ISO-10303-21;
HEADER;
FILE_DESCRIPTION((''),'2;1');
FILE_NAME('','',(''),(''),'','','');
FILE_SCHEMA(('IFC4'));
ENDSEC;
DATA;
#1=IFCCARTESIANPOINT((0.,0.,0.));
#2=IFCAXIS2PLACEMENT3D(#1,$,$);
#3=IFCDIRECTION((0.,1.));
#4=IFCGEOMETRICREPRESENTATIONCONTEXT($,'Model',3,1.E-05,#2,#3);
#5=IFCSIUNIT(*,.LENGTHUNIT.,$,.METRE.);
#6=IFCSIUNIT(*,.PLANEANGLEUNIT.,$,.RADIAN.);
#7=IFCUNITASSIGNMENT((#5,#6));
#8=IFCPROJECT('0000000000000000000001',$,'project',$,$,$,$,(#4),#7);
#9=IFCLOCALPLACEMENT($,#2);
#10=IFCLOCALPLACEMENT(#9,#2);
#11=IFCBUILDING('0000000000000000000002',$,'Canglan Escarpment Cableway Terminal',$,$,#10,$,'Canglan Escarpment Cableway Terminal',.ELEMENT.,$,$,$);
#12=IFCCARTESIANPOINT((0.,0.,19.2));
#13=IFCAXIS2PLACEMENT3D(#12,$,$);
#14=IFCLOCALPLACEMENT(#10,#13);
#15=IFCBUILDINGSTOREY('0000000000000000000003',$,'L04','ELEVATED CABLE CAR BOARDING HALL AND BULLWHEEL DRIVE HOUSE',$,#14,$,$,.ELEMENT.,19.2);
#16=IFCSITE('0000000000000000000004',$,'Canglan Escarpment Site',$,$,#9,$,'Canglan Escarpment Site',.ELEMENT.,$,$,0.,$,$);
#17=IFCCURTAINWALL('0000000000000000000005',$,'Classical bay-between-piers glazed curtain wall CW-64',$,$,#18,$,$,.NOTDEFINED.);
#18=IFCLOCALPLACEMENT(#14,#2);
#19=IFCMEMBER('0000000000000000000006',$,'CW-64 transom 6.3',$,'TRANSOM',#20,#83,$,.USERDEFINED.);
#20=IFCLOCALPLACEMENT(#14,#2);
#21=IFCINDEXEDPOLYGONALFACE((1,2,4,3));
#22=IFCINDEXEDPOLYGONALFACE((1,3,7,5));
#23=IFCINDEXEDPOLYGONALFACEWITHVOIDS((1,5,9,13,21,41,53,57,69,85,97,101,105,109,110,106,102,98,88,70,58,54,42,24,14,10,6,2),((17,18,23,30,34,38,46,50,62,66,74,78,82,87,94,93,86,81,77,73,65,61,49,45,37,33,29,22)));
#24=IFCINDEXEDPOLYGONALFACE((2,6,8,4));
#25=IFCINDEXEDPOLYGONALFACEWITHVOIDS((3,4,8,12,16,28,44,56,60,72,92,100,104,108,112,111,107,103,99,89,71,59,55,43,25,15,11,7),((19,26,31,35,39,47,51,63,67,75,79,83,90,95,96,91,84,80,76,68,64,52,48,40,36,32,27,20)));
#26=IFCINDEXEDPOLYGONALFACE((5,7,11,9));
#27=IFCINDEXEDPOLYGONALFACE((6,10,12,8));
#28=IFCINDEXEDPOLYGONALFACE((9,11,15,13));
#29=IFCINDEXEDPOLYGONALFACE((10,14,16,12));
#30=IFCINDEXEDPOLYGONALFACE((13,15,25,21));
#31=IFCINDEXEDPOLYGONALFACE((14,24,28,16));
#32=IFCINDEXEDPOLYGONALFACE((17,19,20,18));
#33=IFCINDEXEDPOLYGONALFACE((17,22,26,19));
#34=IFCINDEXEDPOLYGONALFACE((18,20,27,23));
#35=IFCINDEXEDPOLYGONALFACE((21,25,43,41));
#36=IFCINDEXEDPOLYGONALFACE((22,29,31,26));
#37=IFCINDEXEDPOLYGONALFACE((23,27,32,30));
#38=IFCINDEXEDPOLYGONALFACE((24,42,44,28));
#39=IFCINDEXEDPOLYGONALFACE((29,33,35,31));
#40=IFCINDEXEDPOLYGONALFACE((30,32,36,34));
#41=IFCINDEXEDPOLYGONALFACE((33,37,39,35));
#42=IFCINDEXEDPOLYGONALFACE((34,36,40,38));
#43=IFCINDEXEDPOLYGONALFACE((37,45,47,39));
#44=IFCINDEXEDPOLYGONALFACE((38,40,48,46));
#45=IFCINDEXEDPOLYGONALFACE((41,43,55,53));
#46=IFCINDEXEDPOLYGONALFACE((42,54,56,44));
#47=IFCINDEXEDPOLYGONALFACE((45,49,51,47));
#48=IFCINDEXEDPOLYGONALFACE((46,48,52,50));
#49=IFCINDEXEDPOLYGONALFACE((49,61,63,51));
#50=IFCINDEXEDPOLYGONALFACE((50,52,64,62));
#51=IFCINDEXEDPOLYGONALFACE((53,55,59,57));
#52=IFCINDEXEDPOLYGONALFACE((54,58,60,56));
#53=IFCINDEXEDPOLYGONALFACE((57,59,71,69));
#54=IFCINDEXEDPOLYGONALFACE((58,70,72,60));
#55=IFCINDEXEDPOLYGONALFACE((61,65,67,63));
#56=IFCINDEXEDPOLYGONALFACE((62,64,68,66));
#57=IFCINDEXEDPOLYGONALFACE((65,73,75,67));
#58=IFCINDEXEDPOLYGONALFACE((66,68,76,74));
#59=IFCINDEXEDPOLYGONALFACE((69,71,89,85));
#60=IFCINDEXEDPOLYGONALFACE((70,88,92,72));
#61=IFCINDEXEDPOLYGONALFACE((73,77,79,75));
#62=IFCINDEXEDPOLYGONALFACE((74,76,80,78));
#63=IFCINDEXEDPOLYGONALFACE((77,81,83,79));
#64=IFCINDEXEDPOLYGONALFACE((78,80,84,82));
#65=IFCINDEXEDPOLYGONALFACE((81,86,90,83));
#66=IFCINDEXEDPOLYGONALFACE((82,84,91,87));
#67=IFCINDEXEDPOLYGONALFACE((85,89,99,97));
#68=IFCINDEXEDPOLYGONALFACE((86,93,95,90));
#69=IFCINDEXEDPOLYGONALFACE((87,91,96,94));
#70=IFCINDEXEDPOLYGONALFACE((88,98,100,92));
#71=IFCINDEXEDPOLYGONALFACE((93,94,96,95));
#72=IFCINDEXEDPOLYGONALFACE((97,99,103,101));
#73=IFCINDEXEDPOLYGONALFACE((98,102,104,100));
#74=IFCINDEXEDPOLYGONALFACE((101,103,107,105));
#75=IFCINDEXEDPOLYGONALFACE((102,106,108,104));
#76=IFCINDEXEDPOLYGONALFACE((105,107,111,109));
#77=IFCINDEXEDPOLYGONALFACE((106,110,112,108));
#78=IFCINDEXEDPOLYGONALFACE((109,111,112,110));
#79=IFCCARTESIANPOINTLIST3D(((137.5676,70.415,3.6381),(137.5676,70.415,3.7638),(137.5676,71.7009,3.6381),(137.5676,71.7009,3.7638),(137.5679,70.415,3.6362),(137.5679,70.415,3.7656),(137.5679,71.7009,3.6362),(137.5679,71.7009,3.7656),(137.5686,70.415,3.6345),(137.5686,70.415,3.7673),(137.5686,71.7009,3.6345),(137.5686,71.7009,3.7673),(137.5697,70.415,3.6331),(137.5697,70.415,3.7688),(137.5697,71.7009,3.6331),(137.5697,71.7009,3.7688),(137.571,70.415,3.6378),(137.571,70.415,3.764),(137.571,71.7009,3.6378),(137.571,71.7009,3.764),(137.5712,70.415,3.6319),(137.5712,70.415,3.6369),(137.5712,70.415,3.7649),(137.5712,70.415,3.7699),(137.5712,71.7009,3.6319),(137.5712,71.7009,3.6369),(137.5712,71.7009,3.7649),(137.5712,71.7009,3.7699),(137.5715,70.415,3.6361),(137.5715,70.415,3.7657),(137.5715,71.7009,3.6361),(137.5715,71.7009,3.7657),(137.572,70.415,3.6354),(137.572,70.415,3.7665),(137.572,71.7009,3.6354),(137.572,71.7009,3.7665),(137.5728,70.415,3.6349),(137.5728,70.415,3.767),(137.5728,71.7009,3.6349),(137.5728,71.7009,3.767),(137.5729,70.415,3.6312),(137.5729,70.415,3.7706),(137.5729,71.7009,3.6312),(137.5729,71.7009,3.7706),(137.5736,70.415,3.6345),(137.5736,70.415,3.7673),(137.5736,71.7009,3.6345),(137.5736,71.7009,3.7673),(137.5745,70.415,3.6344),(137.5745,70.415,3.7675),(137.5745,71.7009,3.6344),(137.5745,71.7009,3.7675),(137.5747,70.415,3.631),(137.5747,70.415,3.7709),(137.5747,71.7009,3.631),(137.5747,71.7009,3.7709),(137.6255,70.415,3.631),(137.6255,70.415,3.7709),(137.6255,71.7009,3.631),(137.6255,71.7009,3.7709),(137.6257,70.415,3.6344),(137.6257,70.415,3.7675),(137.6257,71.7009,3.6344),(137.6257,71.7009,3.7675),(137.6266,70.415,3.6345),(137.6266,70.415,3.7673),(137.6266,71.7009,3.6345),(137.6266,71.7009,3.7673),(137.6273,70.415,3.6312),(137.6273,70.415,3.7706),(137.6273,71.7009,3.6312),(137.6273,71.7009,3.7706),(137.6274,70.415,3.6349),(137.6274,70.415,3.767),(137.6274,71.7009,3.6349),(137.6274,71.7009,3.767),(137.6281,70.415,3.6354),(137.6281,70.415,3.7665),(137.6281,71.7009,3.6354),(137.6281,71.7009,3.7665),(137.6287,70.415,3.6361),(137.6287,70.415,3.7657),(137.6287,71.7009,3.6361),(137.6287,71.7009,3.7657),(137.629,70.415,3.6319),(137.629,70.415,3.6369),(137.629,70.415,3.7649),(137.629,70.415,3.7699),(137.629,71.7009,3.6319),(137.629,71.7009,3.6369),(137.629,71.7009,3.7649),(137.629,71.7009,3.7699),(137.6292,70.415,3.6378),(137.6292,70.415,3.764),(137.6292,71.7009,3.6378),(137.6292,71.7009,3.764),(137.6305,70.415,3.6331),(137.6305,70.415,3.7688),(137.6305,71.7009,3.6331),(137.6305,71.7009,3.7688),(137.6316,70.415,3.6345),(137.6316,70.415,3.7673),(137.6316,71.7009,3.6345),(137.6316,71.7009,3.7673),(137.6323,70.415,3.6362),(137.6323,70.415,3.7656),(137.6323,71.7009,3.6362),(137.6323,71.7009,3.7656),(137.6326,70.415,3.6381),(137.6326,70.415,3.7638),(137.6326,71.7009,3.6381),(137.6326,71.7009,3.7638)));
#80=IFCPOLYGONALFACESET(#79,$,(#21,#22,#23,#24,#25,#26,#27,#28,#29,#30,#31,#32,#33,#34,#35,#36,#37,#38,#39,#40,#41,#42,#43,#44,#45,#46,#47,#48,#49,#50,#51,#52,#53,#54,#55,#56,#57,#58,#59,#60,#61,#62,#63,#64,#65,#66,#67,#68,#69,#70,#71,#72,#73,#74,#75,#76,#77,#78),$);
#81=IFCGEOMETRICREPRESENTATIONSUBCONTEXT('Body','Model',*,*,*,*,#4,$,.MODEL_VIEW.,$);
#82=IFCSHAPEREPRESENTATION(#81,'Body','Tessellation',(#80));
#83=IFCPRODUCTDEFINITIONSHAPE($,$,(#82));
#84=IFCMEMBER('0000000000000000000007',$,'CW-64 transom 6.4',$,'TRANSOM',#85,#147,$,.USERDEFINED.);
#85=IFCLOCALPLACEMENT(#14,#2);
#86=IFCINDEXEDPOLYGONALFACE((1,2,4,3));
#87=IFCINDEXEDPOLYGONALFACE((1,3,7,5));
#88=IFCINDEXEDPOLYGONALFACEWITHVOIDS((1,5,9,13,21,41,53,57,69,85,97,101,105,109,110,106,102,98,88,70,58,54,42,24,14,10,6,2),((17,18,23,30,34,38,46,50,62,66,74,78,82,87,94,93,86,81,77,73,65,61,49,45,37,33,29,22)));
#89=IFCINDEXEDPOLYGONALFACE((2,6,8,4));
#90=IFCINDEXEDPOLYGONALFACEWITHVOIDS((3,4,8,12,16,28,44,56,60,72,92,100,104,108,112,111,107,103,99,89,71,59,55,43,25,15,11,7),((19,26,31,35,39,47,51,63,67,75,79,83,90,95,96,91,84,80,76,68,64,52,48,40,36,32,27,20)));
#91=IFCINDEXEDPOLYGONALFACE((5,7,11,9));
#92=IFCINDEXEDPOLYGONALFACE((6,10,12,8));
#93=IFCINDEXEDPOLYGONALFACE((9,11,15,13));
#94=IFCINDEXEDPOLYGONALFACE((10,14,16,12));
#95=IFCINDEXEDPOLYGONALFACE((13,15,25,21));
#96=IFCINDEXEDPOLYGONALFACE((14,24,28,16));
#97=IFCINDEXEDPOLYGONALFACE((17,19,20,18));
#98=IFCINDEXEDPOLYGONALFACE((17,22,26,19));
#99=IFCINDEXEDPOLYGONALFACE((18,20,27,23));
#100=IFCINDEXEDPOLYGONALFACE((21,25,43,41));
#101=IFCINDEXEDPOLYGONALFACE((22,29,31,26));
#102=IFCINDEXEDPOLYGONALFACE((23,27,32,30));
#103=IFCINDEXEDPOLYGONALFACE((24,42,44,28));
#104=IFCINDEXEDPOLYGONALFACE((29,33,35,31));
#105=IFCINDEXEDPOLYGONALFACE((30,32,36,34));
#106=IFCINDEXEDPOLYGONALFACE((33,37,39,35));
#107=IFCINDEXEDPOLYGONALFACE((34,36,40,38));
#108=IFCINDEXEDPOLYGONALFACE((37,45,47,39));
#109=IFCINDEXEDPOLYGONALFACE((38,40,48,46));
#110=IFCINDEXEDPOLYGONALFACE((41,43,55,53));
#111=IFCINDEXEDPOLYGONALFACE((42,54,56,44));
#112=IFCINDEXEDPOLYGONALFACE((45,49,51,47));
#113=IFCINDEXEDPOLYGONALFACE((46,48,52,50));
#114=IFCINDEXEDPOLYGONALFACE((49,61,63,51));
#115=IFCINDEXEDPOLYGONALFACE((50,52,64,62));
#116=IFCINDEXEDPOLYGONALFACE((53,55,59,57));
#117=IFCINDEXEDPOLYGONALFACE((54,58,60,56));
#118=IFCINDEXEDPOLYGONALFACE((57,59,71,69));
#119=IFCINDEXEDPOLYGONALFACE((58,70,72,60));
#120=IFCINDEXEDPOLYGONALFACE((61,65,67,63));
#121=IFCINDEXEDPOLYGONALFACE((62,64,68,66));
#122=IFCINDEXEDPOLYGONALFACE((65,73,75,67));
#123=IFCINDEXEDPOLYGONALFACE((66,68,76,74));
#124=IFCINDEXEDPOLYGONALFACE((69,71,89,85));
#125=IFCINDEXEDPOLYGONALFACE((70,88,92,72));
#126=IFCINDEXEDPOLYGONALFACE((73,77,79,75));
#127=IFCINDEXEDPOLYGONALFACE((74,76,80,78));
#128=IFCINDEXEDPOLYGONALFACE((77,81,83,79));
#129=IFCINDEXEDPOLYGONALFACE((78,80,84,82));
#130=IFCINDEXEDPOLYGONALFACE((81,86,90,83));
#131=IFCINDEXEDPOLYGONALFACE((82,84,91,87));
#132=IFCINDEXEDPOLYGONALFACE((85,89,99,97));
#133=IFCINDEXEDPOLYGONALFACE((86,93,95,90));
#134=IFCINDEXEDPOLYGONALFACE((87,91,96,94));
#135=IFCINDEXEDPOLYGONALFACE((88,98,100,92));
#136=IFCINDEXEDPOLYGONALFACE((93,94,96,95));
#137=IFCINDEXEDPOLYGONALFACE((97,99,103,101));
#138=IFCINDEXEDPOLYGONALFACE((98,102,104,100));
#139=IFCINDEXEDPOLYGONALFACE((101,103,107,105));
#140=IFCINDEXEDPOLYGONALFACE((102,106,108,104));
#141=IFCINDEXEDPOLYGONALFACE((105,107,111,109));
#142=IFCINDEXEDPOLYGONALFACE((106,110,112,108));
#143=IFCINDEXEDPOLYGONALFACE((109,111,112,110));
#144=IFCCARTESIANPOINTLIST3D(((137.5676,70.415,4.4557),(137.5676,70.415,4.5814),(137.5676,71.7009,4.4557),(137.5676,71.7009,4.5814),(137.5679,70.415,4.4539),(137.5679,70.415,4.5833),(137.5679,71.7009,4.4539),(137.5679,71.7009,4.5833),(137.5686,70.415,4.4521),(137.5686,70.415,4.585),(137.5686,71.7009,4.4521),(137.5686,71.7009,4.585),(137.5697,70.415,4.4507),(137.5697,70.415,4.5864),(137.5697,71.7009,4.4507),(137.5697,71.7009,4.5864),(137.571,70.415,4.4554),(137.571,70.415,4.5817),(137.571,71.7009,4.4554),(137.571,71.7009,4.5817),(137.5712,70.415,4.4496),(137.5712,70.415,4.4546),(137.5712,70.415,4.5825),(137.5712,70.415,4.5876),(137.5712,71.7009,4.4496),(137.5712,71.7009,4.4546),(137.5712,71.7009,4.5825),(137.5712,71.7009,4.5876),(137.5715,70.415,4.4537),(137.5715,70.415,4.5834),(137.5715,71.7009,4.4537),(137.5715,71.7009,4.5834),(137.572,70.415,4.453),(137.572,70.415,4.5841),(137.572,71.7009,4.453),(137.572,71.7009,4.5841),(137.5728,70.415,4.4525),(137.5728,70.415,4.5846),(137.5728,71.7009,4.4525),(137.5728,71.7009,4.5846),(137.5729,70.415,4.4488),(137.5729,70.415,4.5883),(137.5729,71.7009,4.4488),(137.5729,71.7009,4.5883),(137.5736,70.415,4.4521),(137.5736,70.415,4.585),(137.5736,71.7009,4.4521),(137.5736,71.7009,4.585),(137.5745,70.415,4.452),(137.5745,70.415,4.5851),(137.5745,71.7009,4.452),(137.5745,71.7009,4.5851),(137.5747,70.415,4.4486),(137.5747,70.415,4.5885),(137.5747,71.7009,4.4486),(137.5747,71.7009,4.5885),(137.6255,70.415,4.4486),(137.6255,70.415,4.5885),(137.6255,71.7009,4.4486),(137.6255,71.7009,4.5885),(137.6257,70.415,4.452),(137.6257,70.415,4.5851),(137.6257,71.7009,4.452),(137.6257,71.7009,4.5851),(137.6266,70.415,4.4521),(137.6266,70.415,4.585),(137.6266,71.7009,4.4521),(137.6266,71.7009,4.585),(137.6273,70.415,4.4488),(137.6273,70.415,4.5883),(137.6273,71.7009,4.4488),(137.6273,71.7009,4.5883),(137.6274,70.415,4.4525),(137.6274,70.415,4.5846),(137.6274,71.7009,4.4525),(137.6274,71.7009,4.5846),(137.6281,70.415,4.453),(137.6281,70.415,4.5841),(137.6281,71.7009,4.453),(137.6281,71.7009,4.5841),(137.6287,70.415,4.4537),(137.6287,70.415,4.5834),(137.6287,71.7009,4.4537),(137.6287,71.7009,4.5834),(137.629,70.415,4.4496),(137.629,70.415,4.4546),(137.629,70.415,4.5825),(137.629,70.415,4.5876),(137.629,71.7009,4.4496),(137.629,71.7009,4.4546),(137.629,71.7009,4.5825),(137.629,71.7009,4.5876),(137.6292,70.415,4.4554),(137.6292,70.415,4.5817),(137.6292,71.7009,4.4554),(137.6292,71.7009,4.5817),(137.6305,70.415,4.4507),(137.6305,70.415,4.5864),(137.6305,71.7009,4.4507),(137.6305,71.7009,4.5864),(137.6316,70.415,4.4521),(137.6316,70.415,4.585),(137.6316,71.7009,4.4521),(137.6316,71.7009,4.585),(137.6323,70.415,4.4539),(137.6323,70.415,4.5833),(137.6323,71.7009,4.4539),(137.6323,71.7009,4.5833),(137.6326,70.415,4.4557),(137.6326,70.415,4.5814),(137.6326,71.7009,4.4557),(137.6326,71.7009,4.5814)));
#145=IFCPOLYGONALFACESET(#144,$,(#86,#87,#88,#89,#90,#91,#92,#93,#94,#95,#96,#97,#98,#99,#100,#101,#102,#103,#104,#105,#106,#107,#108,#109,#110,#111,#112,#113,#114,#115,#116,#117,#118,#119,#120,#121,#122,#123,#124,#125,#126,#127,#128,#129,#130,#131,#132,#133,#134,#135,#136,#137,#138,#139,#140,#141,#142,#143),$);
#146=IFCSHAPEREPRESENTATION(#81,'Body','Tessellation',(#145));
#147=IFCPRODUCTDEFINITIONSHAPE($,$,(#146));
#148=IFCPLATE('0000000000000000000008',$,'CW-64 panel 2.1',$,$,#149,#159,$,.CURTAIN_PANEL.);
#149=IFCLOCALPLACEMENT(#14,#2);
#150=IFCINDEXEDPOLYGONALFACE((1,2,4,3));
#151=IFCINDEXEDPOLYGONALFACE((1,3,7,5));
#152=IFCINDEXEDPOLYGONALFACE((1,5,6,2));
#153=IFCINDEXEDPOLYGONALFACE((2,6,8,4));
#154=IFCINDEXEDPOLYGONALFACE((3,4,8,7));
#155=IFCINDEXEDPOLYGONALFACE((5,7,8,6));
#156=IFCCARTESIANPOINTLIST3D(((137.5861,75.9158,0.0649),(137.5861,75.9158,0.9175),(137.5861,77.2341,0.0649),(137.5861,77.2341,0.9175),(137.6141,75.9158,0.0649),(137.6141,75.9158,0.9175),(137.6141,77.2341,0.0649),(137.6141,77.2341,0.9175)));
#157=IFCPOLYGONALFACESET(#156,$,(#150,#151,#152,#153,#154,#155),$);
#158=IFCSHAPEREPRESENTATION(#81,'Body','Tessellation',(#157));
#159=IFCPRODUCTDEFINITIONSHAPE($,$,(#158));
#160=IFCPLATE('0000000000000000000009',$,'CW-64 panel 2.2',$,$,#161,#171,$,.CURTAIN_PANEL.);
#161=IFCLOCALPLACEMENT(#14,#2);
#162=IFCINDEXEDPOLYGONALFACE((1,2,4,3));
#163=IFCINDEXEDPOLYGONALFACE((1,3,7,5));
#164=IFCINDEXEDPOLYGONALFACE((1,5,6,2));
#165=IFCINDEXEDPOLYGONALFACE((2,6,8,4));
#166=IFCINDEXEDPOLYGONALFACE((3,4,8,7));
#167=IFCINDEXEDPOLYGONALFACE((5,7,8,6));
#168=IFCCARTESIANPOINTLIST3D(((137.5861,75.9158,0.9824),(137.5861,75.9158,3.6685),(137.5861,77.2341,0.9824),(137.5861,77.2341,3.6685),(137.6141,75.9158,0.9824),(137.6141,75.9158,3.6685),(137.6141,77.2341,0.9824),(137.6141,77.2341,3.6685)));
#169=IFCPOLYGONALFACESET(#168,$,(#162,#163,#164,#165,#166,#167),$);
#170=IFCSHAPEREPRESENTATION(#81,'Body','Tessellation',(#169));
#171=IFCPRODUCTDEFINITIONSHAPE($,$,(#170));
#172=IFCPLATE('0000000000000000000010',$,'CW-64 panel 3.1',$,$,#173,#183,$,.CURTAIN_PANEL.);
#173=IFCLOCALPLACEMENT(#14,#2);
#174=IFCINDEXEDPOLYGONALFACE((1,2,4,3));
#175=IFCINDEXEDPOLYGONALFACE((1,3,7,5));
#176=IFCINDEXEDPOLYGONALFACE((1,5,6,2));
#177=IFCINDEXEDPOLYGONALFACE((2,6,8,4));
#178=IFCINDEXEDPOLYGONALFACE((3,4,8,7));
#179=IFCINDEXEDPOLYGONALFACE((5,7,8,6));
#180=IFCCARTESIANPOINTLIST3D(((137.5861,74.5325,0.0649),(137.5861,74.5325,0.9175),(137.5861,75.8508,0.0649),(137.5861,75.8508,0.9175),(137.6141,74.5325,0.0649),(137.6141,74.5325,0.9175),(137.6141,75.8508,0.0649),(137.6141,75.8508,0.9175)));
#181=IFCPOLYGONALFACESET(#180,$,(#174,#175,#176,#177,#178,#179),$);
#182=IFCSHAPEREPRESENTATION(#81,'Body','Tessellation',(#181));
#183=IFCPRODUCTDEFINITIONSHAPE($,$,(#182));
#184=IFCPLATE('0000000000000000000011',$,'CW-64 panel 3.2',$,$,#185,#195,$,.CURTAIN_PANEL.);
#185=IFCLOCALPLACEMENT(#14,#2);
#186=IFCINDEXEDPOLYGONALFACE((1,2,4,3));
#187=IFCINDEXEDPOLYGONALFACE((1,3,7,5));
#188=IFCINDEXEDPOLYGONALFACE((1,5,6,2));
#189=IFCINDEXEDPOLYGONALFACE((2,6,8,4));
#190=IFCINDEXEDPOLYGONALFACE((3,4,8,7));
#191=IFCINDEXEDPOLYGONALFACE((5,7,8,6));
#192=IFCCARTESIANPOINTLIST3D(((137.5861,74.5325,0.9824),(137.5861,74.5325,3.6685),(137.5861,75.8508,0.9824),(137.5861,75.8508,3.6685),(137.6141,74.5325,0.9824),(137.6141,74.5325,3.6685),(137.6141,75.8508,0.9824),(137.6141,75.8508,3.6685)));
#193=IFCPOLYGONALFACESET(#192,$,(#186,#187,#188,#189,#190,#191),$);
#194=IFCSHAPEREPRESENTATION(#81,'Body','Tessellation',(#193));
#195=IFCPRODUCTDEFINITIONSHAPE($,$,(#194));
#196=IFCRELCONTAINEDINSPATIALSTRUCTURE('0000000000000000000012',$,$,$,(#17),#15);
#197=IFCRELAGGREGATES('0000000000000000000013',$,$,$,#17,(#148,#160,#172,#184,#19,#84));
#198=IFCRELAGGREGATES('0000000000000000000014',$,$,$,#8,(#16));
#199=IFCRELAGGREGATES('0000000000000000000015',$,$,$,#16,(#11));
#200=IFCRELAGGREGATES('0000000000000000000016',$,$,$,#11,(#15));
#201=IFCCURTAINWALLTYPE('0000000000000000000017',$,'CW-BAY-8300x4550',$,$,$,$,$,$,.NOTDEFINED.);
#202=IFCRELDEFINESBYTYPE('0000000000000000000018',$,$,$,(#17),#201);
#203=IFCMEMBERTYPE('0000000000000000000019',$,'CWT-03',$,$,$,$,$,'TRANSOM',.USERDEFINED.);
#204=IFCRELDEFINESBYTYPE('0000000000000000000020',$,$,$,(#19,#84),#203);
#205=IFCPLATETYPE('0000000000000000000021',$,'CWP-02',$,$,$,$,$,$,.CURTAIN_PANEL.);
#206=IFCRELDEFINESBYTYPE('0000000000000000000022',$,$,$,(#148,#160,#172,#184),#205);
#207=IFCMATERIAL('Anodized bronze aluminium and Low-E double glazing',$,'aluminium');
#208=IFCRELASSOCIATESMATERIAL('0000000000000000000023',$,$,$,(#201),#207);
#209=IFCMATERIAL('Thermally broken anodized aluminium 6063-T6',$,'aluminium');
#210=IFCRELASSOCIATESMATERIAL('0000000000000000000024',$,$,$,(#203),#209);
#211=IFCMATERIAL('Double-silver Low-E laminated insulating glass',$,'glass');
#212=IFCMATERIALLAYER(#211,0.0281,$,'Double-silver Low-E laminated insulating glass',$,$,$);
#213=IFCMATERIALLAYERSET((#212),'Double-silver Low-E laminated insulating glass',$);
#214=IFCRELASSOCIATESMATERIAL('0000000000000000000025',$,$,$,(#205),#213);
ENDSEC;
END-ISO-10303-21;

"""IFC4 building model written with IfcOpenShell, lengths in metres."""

from ifc_helpers import new_model, si_unit, direction, frame, origin, origin_2d, place, context, subcontext, project, spatial, rectangle, hollow_rectangle, extrude, material, layer, layer_set, material_profile, profile_set, type_object, element, aggregate, save


model = new_model("IFC4")

# Units and contexts
model_context = context("Model", 3, precision=1e-05, world=origin(), true_north=direction((0.0, 1.0)))
body_context = subcontext(model_context, "Body", "Model", "MODEL_VIEW")
ifc_project = project(units=[si_unit("LENGTHUNIT", "METRE"), si_unit("PLANEANGLEUNIT", "RADIAN")], contexts=[model_context])

# Site, building, storey
site_placement = place(None, origin())
site = spatial("IfcSite", under=ifc_project, at=site_placement, Name="Canglan Escarpment Site", LongName="Canglan Escarpment Site", CompositionType="ELEMENT", RefElevation=0.0)
building_placement = place(site_placement, origin())
building = spatial("IfcBuilding", under=site, at=building_placement, Name="Canglan Escarpment Cableway Terminal", LongName="Canglan Escarpment Cableway Terminal", CompositionType="ELEMENT")
storey_placement = place(building_placement, frame((0.0, 0.0, 19.2)))
storey = spatial("IfcBuildingStorey", under=building, at=storey_placement, Name="L04", Description="ELEVATED CABLE CAR BOARDING HALL AND BULLWHEEL DRIVE HOUSE", CompositionType="ELEMENT", Elevation=19.2)

# Curtain wall, members, plates
ifc_material_1 = material(Name="Anodized bronze aluminium and Low-E double glazing", Category="aluminium")
curtain_wall_type = type_object("IfcCurtainWallType", Name="CW-BAY-8300x4550", PredefinedType="NOTDEFINED", material=ifc_material_1)
curtain_wall_placement = place(storey_placement, origin())
curtain_wall = element("IfcCurtainWall", 1, at=curtain_wall_placement, inside=storey, type_object=curtain_wall_type, Name="Classical bay-between-piers glazed curtain wall CW-64", PredefinedType="NOTDEFINED")
ifc_material_2 = material(Name="Thermally broken anodized aluminium 6063-T6", Category="aluminium")
ifc_material_profile_1 = material_profile(ifc_material_2, hollow_rectangle(XDim=0.0649, YDim=0.1399, WallThickness=0.0034, InnerFilletRadius=0.0034, OuterFilletRadius=0.0071, at=origin_2d()), Name="ALU-TRAN 65x140x3.5")
ifc_profile_set_1 = profile_set([ifc_material_profile_1], Name="Thermally broken anodized aluminium 6063-T6")
member_type_1 = type_object("IfcMemberType", Name="CWT-03", ElementType="TRANSOM", PredefinedType="USERDEFINED", material=ifc_profile_set_1)
member_1_placement = place(storey_placement, frame((137.6001, 71.7009, 3.7009), z_axis=(0.0, -1.0, 0.0), x_axis=(1.0, 0.0, 0.0)))
member_1 = element("IfcMember", 2, at=member_1_placement, type_object=member_type_1, Name="CW-64 transom 6.3", ObjectType="TRANSOM", PredefinedType="USERDEFINED", context=body_context, shape_type="SweptSolid", body=[
    extrude(hollow_rectangle(XDim=0.0649, YDim=0.1399, WallThickness=0.0034, InnerFilletRadius=0.0034, OuterFilletRadius=0.0071, at=origin_2d()), origin(), (0.0, 0.0, 1.0), 1.2859),
])
member_2_placement = place(storey_placement, frame((137.6001, 71.7009, 4.5186), z_axis=(0.0, -1.0, 0.0), x_axis=(1.0, 0.0, 0.0)))
member_2 = element("IfcMember", 3, at=member_2_placement, type_object=member_type_1, Name="CW-64 transom 6.4", ObjectType="TRANSOM", PredefinedType="USERDEFINED", context=body_context, shape_type="SweptSolid", body=[
    extrude(hollow_rectangle(XDim=0.0649, YDim=0.1399, WallThickness=0.0034, InnerFilletRadius=0.0034, OuterFilletRadius=0.0071, at=origin_2d()), origin(), (0.0, 0.0, 1.0), 1.2859),
])
ifc_material_3 = material(Name="Double-silver Low-E laminated insulating glass", Category="glass")
ifc_layer = layer(ifc_material_3, 0.0281, Name="Double-silver Low-E laminated insulating glass")
ifc_layer_set = layer_set([ifc_layer], Name="Double-silver Low-E laminated insulating glass")
plate_type = type_object("IfcPlateType", Name="CWP-02", PredefinedType="CURTAIN_PANEL", material=ifc_layer_set)
plate_1_placement = place(storey_placement, frame((137.6001, 76.575, 0.0649), z_axis=(0.0, 0.0, 1.0), x_axis=(0.0, -1.0, 0.0)))
plate_1 = element("IfcPlate", 4, at=plate_1_placement, type_object=plate_type, Name="CW-64 panel 2.1", PredefinedType="CURTAIN_PANEL", context=body_context, shape_type="SweptSolid", body=[
    extrude(rectangle(XDim=1.3184, YDim=0.0281, at=origin_2d()), origin(), (0.0, 0.0, 1.0), 0.8525),
])
plate_2_placement = place(storey_placement, frame((137.6001, 76.575, 0.9824), z_axis=(0.0, 0.0, 1.0), x_axis=(0.0, -1.0, 0.0)))
plate_2 = element("IfcPlate", 5, at=plate_2_placement, type_object=plate_type, Name="CW-64 panel 2.2", PredefinedType="CURTAIN_PANEL", context=body_context, shape_type="SweptSolid", body=[
    extrude(rectangle(XDim=1.3184, YDim=0.0281, at=origin_2d()), origin(), (0.0, 0.0, 1.0), 2.686),
])
plate_3_placement = place(storey_placement, frame((137.6001, 75.1917, 0.0649), z_axis=(0.0, 0.0, 1.0), x_axis=(0.0, -1.0, 0.0)))
plate_3 = element("IfcPlate", 6, at=plate_3_placement, type_object=plate_type, Name="CW-64 panel 3.1", PredefinedType="CURTAIN_PANEL", context=body_context, shape_type="SweptSolid", body=[
    extrude(rectangle(XDim=1.3184, YDim=0.0281, at=origin_2d()), origin(), (0.0, 0.0, 1.0), 0.8525),
])
plate_4_placement = place(storey_placement, frame((137.6001, 75.1917, 0.9824), z_axis=(0.0, 0.0, 1.0), x_axis=(0.0, -1.0, 0.0)))
plate_4 = element("IfcPlate", 7, at=plate_4_placement, type_object=plate_type, Name="CW-64 panel 3.2", PredefinedType="CURTAIN_PANEL", context=body_context, shape_type="SweptSolid", body=[
    extrude(rectangle(XDim=1.3184, YDim=0.0281, at=origin_2d()), origin(), (0.0, 0.0, 1.0), 2.686),
])
aggregate(curtain_wall, [plate_1, plate_2, plate_3, plate_4, member_1, member_2])

save(model, "model.ifc")
